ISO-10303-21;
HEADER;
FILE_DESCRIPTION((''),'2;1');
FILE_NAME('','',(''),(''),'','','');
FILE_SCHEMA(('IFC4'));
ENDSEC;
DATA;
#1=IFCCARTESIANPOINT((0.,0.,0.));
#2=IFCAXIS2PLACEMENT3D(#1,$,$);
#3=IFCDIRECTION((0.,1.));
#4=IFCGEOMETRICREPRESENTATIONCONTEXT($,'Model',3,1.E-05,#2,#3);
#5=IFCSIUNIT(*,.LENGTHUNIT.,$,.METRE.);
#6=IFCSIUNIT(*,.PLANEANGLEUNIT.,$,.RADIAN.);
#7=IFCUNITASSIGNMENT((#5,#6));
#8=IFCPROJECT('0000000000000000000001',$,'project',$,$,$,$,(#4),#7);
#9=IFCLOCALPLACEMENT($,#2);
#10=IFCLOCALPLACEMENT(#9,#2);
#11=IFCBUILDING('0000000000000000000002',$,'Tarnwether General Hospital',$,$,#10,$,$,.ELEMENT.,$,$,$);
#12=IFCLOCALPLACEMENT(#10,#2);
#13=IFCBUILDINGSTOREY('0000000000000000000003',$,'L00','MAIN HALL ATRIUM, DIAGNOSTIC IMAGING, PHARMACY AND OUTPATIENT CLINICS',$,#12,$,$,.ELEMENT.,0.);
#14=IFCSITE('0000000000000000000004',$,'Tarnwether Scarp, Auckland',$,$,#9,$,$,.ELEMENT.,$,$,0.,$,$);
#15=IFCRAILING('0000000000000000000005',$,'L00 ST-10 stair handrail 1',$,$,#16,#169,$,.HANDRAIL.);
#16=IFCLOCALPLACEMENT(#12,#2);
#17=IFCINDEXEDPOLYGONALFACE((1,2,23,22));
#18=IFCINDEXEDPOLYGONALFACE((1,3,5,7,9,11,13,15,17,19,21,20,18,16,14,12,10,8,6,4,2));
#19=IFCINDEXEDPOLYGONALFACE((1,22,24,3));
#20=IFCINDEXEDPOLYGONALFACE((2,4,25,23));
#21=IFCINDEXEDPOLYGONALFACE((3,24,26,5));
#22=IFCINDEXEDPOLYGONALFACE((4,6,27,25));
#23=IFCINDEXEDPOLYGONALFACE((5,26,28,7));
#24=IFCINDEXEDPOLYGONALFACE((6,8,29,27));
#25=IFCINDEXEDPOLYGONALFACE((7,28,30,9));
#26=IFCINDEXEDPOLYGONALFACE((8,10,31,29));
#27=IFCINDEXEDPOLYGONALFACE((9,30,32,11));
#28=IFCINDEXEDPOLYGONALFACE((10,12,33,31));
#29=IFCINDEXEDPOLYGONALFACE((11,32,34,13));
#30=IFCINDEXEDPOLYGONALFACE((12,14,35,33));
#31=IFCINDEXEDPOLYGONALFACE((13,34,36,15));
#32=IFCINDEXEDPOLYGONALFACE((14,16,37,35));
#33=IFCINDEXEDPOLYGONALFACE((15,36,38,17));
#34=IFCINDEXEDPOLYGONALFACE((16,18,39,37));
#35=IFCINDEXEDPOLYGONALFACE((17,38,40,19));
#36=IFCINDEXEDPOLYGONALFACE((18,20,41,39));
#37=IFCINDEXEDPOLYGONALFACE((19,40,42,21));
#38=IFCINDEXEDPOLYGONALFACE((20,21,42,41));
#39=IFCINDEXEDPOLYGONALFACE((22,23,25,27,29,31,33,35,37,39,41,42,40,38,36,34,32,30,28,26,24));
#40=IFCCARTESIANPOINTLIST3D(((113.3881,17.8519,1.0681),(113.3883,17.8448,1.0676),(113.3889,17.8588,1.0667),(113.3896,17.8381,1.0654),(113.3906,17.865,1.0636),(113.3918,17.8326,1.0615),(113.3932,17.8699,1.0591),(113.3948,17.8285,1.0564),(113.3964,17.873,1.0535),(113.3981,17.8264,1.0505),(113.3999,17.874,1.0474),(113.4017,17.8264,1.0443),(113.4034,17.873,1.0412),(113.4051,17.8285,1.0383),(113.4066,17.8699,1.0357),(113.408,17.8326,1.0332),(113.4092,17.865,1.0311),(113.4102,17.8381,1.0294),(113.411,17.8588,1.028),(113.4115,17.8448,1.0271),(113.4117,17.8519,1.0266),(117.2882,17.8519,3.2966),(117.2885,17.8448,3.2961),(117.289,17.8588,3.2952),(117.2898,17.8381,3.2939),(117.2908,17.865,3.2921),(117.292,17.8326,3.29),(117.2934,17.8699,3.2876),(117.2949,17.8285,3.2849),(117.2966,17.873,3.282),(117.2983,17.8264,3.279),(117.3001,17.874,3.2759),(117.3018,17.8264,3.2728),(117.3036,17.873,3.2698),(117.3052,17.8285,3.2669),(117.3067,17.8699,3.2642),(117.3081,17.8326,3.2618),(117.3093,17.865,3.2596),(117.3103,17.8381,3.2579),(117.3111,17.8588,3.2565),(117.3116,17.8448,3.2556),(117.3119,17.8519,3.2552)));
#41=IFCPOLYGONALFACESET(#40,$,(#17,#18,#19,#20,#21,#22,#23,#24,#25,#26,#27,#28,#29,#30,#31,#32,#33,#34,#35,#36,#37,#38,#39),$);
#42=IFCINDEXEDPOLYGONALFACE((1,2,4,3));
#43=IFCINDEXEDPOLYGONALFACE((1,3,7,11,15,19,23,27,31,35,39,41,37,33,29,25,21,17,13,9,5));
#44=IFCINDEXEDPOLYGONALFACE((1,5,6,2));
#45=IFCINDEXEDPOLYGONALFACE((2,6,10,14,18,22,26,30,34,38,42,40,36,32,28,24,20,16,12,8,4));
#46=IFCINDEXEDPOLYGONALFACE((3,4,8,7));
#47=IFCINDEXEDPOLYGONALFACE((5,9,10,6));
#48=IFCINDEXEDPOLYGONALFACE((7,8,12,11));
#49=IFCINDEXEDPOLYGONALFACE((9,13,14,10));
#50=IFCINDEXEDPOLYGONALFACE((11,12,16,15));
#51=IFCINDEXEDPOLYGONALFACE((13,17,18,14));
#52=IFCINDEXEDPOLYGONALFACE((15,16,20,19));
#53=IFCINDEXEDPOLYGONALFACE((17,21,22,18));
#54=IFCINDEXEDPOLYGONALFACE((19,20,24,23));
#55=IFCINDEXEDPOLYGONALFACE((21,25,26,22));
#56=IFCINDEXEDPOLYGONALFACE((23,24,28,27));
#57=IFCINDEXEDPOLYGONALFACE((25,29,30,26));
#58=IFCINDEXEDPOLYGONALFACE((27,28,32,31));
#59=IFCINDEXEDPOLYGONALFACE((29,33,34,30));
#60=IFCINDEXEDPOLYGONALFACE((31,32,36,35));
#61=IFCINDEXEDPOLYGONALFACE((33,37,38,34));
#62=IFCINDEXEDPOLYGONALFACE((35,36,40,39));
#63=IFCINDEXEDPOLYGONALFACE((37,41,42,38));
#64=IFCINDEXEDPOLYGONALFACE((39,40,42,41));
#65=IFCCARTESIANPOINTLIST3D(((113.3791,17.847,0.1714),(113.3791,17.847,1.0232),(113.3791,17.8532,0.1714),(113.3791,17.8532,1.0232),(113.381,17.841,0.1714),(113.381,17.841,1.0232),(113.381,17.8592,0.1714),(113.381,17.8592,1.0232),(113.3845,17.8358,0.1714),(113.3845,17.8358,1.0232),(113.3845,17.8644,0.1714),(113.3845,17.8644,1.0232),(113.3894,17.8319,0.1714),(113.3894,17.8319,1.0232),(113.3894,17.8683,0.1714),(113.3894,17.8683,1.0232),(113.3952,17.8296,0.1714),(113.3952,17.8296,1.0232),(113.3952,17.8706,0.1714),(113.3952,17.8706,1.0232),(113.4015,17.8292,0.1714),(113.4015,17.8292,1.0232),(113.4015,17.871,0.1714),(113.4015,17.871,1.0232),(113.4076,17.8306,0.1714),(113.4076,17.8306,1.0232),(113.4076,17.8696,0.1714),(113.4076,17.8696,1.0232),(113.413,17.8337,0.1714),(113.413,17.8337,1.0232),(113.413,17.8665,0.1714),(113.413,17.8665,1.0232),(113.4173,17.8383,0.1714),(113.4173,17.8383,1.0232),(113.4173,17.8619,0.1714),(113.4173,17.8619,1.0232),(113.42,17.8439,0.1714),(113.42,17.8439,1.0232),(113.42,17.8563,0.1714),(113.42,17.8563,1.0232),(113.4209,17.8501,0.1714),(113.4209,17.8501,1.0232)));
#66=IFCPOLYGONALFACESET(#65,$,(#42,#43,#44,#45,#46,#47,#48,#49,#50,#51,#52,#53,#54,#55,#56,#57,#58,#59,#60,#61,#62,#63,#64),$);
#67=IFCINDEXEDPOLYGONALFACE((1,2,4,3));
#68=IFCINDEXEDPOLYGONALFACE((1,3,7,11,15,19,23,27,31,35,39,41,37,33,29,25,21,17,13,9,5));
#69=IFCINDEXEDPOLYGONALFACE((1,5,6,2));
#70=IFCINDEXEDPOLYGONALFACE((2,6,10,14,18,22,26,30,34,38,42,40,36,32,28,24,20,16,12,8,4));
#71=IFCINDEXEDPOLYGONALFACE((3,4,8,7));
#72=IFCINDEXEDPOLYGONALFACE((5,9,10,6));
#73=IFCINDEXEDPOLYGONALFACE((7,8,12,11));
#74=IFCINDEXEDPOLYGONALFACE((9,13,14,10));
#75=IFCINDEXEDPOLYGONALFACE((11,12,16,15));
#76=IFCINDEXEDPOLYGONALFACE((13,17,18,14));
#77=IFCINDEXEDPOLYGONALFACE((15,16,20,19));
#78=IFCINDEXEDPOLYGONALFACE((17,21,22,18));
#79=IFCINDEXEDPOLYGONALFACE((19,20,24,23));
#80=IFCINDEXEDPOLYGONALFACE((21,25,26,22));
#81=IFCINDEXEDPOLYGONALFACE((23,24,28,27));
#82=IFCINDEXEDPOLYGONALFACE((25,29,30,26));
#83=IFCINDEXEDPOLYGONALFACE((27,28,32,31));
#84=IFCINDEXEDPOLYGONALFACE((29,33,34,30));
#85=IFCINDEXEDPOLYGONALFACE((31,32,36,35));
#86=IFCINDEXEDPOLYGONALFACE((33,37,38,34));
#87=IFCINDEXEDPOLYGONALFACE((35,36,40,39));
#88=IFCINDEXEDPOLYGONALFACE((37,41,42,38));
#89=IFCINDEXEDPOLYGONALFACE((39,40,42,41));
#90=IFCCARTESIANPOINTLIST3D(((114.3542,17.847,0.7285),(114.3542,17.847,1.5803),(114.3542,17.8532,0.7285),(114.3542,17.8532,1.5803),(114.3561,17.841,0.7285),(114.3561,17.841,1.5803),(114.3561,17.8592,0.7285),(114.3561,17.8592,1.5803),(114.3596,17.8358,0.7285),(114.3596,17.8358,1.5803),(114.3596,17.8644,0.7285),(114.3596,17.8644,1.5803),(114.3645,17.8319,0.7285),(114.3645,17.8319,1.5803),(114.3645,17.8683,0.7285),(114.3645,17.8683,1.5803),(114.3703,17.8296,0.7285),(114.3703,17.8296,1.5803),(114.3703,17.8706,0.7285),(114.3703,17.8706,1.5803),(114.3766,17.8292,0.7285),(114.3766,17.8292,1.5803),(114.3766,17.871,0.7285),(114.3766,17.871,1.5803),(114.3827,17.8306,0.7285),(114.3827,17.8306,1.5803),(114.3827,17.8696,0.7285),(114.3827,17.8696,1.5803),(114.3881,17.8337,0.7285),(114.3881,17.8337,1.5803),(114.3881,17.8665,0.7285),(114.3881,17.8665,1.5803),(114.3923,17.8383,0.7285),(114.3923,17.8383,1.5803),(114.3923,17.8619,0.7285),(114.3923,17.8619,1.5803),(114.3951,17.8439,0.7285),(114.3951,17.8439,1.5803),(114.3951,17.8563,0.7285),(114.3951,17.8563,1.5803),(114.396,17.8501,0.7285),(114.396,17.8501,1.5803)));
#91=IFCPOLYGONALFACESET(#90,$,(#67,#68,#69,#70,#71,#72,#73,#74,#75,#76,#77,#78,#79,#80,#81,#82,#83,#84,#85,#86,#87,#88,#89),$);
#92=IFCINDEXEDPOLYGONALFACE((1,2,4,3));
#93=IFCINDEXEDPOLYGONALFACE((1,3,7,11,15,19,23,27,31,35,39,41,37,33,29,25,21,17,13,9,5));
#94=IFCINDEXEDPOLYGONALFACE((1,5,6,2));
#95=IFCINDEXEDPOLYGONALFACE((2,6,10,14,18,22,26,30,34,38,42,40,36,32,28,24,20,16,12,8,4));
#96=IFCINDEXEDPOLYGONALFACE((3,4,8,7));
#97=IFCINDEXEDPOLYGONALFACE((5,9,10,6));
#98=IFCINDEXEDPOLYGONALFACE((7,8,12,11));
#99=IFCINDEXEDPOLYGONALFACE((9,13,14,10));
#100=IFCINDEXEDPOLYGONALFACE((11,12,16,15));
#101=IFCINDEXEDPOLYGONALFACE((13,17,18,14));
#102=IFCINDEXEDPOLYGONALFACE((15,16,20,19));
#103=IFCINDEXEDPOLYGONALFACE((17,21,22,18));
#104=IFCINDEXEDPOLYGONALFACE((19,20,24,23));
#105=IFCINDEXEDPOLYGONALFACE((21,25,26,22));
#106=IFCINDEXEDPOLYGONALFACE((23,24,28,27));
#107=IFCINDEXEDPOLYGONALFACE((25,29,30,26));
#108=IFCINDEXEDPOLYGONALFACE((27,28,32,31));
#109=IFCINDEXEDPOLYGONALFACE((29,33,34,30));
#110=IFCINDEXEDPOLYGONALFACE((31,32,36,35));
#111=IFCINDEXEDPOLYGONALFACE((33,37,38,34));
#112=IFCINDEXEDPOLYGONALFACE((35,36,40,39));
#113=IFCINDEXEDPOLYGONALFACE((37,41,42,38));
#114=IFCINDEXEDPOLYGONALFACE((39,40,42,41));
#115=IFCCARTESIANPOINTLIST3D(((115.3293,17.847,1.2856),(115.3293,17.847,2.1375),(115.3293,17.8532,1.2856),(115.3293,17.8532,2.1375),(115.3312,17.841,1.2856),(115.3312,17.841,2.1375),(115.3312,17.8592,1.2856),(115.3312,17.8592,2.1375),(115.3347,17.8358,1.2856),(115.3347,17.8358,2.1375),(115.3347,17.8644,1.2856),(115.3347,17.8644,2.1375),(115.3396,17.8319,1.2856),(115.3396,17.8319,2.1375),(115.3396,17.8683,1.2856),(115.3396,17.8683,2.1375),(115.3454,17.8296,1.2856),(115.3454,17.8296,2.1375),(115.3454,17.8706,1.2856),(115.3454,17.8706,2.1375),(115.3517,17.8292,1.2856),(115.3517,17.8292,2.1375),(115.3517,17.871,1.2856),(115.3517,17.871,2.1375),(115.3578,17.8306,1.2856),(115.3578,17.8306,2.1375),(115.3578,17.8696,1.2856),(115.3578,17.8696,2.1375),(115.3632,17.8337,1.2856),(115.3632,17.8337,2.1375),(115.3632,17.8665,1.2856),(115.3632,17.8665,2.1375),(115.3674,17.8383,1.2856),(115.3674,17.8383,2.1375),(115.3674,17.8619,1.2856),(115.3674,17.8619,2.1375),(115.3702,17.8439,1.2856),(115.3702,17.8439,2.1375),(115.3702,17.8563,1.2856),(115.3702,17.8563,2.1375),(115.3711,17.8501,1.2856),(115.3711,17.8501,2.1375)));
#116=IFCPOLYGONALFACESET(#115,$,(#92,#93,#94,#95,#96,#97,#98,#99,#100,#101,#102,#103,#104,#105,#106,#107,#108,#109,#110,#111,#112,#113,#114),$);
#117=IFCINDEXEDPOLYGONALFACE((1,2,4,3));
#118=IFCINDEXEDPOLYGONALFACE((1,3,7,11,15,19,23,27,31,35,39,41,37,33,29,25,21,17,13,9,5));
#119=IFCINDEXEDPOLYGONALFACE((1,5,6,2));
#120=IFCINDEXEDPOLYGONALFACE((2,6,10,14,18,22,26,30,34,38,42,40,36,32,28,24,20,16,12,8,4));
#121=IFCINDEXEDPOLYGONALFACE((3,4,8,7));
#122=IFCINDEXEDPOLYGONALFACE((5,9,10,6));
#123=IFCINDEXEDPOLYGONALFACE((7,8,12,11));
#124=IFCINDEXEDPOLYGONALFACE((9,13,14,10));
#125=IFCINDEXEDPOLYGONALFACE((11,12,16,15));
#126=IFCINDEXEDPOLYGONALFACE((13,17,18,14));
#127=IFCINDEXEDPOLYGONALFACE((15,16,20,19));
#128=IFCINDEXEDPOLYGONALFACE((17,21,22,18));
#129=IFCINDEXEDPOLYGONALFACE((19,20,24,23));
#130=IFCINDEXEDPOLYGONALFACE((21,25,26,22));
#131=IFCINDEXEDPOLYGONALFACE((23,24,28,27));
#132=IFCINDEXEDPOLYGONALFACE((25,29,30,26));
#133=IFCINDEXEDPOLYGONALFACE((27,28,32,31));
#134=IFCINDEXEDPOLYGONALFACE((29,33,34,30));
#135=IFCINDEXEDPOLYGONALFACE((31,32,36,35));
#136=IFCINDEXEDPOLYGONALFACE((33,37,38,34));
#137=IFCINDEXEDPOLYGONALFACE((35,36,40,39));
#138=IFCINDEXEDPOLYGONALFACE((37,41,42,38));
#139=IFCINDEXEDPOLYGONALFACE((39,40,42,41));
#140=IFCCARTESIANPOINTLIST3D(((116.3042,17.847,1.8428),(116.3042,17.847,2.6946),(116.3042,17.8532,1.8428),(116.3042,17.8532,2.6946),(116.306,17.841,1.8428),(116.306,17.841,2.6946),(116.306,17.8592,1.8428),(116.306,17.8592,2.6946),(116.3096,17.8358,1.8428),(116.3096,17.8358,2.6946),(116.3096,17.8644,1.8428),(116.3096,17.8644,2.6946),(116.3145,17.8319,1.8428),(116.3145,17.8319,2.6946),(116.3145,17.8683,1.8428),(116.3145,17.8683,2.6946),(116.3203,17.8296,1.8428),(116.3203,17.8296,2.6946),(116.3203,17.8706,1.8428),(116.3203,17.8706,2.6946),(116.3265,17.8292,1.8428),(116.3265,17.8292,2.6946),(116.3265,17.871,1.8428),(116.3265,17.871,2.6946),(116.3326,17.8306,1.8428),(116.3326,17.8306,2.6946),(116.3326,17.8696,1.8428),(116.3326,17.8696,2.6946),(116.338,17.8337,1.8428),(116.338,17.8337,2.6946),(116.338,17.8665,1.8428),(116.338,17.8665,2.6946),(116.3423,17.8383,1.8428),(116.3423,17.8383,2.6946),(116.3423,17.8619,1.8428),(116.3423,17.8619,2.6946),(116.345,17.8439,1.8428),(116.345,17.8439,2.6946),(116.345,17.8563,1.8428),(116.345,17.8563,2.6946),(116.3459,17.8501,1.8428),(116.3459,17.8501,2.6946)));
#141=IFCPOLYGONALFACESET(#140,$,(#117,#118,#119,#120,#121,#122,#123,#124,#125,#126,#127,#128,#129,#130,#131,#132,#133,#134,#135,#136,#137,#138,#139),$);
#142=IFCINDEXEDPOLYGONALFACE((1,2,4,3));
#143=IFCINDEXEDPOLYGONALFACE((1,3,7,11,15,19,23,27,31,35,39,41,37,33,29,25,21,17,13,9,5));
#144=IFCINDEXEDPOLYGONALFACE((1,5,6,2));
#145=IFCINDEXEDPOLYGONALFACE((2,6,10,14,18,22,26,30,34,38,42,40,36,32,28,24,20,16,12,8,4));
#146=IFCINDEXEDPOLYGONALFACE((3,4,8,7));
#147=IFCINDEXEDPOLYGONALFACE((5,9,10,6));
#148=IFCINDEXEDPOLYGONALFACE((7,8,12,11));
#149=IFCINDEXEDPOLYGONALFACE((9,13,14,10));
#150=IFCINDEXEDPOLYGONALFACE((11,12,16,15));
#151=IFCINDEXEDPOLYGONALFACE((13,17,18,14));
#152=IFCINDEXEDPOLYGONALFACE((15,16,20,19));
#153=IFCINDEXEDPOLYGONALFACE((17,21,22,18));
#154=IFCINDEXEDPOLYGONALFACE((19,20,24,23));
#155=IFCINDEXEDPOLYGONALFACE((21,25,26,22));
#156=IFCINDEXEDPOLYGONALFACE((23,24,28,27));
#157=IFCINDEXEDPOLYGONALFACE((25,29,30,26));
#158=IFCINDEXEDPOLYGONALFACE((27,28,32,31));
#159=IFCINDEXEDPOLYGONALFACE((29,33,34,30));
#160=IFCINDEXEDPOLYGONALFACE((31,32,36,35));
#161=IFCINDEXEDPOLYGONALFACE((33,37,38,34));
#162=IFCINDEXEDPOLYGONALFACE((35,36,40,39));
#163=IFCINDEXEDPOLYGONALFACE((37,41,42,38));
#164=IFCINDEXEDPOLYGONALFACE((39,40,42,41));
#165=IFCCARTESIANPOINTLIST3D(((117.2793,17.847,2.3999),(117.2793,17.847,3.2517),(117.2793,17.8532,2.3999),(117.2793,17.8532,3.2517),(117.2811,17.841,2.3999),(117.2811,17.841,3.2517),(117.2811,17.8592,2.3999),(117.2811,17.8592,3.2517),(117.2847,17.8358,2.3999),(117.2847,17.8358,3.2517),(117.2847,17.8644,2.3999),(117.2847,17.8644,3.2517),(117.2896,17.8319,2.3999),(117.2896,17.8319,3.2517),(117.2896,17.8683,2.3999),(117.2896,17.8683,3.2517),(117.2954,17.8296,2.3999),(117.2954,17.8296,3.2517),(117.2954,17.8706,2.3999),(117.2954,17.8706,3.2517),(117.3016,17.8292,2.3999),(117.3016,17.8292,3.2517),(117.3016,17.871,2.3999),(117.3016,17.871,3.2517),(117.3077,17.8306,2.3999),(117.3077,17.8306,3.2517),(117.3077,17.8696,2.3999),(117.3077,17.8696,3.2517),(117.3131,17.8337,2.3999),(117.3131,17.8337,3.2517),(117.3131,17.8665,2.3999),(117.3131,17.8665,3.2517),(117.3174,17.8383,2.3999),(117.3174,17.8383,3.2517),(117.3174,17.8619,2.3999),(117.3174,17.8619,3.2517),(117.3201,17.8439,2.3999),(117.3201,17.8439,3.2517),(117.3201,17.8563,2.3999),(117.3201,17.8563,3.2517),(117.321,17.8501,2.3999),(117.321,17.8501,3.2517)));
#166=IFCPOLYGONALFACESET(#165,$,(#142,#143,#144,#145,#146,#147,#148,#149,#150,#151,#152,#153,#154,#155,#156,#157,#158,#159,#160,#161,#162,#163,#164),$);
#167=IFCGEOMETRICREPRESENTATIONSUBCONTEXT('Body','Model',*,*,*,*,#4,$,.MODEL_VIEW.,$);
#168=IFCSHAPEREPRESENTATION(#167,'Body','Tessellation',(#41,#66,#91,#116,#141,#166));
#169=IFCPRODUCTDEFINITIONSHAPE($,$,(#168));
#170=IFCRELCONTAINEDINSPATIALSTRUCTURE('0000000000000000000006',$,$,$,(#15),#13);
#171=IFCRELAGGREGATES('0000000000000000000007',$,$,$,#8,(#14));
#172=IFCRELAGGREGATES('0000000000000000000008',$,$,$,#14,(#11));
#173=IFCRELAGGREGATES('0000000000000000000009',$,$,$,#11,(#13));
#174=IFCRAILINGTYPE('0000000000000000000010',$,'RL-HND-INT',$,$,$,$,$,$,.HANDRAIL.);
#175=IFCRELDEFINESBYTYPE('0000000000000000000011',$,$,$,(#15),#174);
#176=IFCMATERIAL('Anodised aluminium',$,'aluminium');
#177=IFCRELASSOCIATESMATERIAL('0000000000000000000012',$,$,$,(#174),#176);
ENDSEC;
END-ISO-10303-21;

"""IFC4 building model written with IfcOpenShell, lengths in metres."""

from ifc_helpers import new_model, si_unit, direction, frame, origin, origin_2d, place, context, subcontext, project, spatial, circle, extrude, material, type_object, element, save


model = new_model("IFC4")

# Units and contexts
model_context = context("Model", 3, precision=1e-05, world=origin(), true_north=direction((0.0, 1.0)))
body_context = subcontext(model_context, "Body", "Model", "MODEL_VIEW")
ifc_project = project(units=[si_unit("LENGTHUNIT", "METRE"), si_unit("PLANEANGLEUNIT", "RADIAN")], contexts=[model_context])

# Site, building, storey
site_placement = place(None, origin())
site = spatial("IfcSite", under=ifc_project, at=site_placement, Name="Tarnwether Scarp, Auckland", CompositionType="ELEMENT", RefElevation=0.0)
building_placement = place(site_placement, origin())
building = spatial("IfcBuilding", under=site, at=building_placement, Name="Tarnwether General Hospital", CompositionType="ELEMENT")
storey_placement = place(building_placement, origin())
storey = spatial("IfcBuildingStorey", under=building, at=storey_placement, Name="L00", Description="MAIN HALL ATRIUM, DIAGNOSTIC IMAGING, PHARMACY AND OUTPATIENT CLINICS", CompositionType="ELEMENT", Elevation=0.0)

# Railing
ifc_material_1 = material(Name="Anodised aluminium", Category="aluminium")
railing_type = type_object("IfcRailingType", Name="RL-HND-INT", PredefinedType="HANDRAIL", material=ifc_material_1)
railing_placement = place(storey_placement, frame((113.3999, 17.8501, 0.1714)))
element("IfcRailing", 1, at=railing_placement, inside=storey, type_object=railing_type, Name="L00 ST-10 stair handrail 1", PredefinedType="HANDRAIL", context=body_context, shape_type="SweptSolid", body=[
    extrude(circle(Radius=0.0239, at=origin_2d()), frame((0.0, 0.0, 0.876), z_axis=(0.868257, 0.0, 0.496116), x_axis=(0.0, 1.0, 0.0)), (0.0, 0.0, 1.0), 4.4919),
    extrude(circle(Radius=0.021, at=origin_2d()), origin(), (0.0, 0.0, 1.0), 0.8518),
    extrude(circle(Radius=0.021, at=origin_2d()), frame((0.9751, 0.0, 0.5571)), (0.0, 0.0, 1.0), 0.8518),
    extrude(circle(Radius=0.021, at=origin_2d()), frame((1.9502, 0.0, 1.1143)), (0.0, 0.0, 1.0), 0.8518),
    extrude(circle(Radius=0.021, at=origin_2d()), frame((2.925, 0.0, 1.6714)), (0.0, 0.0, 1.0), 0.8518),
    extrude(circle(Radius=0.021, at=origin_2d()), frame((3.9001, 0.0, 2.2285)), (0.0, 0.0, 1.0), 0.8518),
])

save(model, "model.ifc")
